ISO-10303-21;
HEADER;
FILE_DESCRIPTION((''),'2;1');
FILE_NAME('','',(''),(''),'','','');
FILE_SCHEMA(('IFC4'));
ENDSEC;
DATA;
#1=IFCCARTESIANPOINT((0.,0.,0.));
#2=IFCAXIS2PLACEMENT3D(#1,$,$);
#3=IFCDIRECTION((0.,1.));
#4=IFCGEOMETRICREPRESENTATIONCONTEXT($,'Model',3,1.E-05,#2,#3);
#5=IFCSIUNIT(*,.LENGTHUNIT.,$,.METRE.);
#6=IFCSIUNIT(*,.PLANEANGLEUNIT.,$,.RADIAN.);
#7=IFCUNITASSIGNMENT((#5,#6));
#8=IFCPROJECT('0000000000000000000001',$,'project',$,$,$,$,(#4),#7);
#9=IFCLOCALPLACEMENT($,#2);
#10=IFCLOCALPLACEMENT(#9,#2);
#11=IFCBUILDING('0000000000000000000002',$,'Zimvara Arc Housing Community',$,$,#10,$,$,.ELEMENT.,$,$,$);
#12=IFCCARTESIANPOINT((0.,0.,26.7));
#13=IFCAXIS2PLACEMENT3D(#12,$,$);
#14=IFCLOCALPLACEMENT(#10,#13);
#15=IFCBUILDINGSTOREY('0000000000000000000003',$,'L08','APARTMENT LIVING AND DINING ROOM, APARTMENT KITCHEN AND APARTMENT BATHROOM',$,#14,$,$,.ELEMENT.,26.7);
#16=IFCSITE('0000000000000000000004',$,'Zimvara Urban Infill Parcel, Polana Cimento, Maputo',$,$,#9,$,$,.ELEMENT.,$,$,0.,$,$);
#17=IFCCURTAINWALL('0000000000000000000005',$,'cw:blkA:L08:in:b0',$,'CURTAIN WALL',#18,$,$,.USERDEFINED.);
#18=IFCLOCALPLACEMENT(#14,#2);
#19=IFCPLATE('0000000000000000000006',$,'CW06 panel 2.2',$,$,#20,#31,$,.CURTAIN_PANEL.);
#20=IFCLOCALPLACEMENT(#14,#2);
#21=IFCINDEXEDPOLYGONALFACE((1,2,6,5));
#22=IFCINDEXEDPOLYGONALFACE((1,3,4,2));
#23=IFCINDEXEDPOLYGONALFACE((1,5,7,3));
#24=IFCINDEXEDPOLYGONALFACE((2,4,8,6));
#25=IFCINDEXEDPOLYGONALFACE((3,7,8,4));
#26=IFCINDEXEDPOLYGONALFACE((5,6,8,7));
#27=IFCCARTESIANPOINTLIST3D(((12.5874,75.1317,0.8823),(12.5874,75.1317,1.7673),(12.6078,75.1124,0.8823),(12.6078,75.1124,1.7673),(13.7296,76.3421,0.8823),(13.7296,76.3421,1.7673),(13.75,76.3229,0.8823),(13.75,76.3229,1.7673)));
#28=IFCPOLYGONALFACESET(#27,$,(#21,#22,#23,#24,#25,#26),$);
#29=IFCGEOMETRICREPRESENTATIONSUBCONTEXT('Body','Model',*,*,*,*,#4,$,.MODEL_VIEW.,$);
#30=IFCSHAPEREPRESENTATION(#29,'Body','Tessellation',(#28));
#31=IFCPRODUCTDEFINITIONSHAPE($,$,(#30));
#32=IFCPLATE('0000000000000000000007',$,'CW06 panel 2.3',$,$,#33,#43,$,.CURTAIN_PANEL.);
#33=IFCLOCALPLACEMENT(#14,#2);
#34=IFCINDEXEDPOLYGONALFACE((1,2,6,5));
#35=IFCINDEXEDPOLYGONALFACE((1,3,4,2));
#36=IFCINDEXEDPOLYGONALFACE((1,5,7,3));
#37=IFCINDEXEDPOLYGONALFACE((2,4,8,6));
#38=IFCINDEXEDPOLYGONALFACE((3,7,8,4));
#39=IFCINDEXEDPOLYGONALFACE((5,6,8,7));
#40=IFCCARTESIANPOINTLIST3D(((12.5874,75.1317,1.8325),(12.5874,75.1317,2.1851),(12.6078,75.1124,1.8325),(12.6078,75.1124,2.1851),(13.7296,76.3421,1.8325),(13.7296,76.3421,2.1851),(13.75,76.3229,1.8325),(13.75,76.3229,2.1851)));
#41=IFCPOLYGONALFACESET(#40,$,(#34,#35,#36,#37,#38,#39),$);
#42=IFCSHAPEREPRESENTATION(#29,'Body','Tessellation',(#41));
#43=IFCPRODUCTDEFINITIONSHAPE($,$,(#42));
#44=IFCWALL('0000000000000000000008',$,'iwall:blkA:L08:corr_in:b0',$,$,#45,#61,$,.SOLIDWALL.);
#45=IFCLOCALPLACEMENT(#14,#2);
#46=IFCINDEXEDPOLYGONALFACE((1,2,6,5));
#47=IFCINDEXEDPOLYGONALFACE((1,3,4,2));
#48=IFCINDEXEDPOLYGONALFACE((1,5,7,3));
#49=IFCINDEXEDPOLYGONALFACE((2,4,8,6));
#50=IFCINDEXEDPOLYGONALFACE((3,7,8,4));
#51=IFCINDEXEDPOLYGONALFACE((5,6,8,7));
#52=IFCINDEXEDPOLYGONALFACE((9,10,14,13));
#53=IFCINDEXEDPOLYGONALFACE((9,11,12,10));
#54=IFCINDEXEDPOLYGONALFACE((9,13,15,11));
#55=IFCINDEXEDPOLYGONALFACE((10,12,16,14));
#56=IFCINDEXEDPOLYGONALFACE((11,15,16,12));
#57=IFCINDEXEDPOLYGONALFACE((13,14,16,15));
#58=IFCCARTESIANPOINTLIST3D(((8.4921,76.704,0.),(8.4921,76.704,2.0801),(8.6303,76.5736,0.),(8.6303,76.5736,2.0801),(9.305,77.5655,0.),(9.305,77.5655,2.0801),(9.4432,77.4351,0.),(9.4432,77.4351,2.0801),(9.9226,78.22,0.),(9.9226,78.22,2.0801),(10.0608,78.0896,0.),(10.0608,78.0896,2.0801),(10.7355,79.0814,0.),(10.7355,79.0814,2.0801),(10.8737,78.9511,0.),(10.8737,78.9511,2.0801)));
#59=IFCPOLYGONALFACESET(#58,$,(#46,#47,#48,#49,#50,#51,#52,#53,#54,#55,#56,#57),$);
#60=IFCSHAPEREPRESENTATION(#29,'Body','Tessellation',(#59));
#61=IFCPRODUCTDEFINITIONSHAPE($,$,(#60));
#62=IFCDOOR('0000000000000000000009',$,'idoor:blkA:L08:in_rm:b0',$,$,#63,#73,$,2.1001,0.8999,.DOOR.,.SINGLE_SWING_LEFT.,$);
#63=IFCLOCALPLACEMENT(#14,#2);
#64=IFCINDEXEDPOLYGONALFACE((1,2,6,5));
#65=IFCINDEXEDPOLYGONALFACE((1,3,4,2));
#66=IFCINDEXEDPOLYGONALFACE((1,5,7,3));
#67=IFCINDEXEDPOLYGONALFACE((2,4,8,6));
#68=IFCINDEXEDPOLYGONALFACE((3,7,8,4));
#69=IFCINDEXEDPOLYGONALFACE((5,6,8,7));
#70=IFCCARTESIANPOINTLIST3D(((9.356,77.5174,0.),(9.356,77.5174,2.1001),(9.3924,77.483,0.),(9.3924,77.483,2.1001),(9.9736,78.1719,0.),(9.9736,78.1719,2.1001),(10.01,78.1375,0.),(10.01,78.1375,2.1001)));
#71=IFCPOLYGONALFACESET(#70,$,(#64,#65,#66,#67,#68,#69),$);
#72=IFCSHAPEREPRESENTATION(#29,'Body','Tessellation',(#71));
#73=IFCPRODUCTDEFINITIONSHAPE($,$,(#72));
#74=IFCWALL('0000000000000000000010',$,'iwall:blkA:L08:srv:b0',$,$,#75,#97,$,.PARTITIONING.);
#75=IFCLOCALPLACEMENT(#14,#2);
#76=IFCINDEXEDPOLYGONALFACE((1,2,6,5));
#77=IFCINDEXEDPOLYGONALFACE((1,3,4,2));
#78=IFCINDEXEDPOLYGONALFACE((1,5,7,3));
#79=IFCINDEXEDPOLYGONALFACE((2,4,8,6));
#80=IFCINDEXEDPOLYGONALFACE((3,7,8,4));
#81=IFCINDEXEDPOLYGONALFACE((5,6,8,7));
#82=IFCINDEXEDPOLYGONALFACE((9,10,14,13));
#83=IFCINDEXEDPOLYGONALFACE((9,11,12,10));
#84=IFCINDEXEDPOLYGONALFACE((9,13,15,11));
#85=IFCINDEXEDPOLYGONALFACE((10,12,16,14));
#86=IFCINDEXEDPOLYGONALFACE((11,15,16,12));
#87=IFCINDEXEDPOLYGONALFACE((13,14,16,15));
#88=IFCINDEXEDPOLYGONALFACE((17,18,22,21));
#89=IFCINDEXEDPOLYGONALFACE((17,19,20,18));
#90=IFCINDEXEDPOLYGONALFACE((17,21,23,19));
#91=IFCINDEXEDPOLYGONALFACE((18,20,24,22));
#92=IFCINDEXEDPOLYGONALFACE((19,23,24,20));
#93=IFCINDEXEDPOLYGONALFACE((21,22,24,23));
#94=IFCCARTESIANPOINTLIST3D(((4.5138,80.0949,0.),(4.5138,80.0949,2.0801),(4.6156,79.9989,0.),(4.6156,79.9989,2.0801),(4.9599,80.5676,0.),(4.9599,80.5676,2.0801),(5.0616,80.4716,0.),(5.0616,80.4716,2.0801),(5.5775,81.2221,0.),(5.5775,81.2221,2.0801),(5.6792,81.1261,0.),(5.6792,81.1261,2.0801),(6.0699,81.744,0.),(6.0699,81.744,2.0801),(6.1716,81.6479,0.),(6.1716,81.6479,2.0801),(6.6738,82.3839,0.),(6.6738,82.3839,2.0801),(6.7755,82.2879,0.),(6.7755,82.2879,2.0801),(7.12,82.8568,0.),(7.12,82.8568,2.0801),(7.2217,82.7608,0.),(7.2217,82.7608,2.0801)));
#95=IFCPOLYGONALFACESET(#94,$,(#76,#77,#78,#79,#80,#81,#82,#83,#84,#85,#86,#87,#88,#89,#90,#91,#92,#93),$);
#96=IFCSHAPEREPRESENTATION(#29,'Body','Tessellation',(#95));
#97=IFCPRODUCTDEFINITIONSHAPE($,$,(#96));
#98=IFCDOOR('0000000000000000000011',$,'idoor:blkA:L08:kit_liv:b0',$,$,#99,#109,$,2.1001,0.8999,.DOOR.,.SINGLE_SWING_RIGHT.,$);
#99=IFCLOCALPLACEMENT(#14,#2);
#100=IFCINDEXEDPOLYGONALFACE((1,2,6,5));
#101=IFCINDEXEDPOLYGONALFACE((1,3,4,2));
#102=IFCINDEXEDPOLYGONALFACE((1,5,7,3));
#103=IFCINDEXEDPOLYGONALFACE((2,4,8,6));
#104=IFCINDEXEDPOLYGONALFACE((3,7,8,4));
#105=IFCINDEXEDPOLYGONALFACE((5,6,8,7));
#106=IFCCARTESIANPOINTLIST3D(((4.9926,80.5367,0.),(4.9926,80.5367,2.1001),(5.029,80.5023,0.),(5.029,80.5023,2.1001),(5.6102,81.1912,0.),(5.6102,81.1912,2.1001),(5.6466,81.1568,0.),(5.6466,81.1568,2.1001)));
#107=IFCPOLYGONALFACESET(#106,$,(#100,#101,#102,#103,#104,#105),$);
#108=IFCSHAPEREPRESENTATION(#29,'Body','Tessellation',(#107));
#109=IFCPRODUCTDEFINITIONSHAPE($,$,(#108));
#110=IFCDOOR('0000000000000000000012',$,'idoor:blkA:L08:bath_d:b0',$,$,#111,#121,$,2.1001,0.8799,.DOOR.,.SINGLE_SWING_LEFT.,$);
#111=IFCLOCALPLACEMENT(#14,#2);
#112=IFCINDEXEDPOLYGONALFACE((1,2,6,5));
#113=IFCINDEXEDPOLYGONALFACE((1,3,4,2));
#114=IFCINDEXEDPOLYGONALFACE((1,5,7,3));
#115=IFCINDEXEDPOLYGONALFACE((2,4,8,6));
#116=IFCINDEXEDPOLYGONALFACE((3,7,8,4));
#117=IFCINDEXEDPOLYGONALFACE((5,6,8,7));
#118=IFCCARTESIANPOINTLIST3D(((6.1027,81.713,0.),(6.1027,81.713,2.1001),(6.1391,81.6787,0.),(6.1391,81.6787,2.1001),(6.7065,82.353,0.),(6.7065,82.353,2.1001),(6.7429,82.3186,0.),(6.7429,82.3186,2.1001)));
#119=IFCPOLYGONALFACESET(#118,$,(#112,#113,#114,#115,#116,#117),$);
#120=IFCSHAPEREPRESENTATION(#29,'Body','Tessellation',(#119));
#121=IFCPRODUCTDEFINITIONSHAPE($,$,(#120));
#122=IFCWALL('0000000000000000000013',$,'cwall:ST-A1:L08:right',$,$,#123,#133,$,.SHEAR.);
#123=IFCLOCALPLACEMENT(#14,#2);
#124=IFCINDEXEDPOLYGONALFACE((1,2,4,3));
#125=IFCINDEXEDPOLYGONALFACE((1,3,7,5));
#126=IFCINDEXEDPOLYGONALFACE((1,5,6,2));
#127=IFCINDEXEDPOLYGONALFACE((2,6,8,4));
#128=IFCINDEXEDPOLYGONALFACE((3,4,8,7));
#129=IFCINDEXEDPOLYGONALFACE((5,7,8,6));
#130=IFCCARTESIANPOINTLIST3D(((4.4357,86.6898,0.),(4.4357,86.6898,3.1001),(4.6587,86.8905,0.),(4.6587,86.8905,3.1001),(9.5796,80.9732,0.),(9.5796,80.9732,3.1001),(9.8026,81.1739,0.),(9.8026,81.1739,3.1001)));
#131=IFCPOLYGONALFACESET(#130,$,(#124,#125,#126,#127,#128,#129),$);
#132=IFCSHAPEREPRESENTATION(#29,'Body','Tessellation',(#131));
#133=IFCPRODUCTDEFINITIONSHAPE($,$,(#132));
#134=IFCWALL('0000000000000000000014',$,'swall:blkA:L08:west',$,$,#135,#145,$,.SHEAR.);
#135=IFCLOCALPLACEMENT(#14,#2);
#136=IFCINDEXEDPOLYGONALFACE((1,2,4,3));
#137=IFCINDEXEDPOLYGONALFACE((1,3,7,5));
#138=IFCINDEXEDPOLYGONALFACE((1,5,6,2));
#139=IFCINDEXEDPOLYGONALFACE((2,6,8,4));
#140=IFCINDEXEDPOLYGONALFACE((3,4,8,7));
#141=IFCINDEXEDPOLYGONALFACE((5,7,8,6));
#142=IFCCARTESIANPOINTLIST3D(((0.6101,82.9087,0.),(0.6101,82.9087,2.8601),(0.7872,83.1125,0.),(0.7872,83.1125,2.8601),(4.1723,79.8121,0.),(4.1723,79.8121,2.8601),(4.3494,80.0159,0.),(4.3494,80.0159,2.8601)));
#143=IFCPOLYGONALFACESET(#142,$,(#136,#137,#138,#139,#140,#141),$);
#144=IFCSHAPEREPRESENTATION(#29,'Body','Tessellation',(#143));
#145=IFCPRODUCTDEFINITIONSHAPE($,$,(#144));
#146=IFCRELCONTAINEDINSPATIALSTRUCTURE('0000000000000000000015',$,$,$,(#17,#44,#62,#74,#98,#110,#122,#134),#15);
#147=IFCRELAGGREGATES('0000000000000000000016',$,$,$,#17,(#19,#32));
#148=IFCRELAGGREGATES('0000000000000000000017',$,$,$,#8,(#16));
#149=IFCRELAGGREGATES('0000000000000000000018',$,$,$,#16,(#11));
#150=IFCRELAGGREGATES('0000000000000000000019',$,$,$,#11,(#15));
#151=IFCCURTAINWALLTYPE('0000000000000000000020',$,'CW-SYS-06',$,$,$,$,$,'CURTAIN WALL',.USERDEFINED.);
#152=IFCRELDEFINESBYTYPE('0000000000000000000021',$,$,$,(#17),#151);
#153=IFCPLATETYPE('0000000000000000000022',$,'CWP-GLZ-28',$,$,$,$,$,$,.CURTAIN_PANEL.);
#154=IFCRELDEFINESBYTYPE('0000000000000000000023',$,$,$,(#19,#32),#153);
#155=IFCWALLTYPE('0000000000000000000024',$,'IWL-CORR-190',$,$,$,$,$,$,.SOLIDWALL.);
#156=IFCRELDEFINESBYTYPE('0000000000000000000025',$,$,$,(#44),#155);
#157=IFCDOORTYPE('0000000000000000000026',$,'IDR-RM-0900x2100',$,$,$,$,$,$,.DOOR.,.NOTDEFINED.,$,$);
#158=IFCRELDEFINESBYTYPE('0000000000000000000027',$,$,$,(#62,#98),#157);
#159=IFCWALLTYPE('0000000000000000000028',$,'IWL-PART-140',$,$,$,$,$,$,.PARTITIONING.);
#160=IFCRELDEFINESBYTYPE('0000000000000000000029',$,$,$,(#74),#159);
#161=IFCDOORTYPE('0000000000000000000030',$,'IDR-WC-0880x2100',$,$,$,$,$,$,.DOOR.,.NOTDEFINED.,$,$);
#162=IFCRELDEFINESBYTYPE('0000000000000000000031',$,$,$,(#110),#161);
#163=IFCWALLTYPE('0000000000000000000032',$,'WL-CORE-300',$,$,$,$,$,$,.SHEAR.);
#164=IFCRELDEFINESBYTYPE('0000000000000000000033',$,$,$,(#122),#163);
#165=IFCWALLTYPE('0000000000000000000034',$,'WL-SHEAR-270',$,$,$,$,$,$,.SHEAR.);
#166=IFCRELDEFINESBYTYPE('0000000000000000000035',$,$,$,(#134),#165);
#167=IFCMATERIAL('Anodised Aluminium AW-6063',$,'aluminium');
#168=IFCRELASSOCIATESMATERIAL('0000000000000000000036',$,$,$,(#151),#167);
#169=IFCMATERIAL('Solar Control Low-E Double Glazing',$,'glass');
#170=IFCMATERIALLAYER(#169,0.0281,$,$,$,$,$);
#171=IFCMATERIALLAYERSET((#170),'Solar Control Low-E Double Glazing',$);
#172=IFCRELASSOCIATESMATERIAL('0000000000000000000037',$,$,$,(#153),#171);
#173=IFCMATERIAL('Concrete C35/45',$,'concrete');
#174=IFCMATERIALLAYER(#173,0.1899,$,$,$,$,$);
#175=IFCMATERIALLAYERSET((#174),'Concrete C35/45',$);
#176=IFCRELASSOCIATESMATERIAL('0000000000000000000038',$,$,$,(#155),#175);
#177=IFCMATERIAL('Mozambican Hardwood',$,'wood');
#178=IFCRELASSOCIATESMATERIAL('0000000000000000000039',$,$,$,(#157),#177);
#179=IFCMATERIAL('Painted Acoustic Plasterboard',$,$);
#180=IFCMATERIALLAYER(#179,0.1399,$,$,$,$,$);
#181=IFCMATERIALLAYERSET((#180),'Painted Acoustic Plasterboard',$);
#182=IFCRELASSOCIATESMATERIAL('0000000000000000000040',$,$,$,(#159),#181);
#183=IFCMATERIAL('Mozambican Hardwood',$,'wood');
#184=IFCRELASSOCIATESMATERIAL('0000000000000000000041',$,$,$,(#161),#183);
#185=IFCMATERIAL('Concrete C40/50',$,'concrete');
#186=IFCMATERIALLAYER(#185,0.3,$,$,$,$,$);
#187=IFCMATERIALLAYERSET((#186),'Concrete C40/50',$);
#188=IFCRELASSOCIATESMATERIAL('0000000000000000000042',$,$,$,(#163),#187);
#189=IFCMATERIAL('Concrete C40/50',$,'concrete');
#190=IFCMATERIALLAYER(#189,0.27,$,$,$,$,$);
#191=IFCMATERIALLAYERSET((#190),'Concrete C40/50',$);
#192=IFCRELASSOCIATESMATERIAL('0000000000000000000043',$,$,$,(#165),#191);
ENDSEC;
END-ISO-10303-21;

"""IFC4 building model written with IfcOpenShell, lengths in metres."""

from ifc_helpers import new_model, si_unit, direction, frame, frame_2d, origin, origin_2d, place, context, subcontext, project, spatial, rectangle, extrude, material, layer, layer_set, type_object, element, fill, aggregate, save


model = new_model("IFC4")

# Units and contexts
model_context = context("Model", 3, precision=1e-05, world=origin(), true_north=direction((0.0, 1.0)))
body_context = subcontext(model_context, "Body", "Model", "MODEL_VIEW")
ifc_project = project(units=[si_unit("LENGTHUNIT", "METRE"), si_unit("PLANEANGLEUNIT", "RADIAN")], contexts=[model_context])

# Site, building, storey
site_placement = place(None, origin())
site = spatial("IfcSite", under=ifc_project, at=site_placement, Name="Zimvara Urban Infill Parcel, Polana Cimento, Maputo", CompositionType="ELEMENT", RefElevation=0.0)
building_placement = place(site_placement, origin())
building = spatial("IfcBuilding", under=site, at=building_placement, Name="Zimvara Arc Housing Community", CompositionType="ELEMENT")
storey_placement = place(building_placement, frame((0.0, 0.0, 26.7)))
storey = spatial("IfcBuildingStorey", under=building, at=storey_placement, Name="L08", Description="APARTMENT LIVING AND DINING ROOM, APARTMENT KITCHEN AND APARTMENT BATHROOM", CompositionType="ELEMENT", Elevation=26.7)

# Curtain wall, plates
ifc_material_1 = material(Name="Anodised Aluminium AW-6063", Category="aluminium")
curtain_wall_type = type_object("IfcCurtainWallType", Name="CW-SYS-06", ElementType="CURTAIN WALL", PredefinedType="USERDEFINED", material=ifc_material_1)
curtain_wall_placement = place(storey_placement, origin())
curtain_wall = element("IfcCurtainWall", 1, at=curtain_wall_placement, inside=storey, type_object=curtain_wall_type, Name="cw:blkA:L08:in:b0", ObjectType="CURTAIN WALL", PredefinedType="USERDEFINED")
ifc_material_2 = material(Name="Solar Control Low-E Double Glazing", Category="glass")
ifc_layer_1 = layer(ifc_material_2, 0.0281)
ifc_layer_set_1 = layer_set([ifc_layer_1], Name="Solar Control Low-E Double Glazing")
plate_type = type_object("IfcPlateType", Name="CWP-GLZ-28", PredefinedType="CURTAIN_PANEL", material=ifc_layer_set_1)
plate_1_placement = place(storey_placement, frame((13.1687, 75.7273, 0.8823), z_axis=(0.0, 0.0, 1.0), x_axis=(0.686327, 0.727293, 0.0)))
plate_1 = element("IfcPlate", 2, at=plate_1_placement, type_object=plate_type, Name="CW06 panel 2.2", PredefinedType="CURTAIN_PANEL", context=body_context, shape_type="SweptSolid", body=[
    extrude(rectangle(XDim=1.6643, YDim=0.0281, at=origin_2d()), origin(), (0.0, 0.0, 1.0), 0.885),
])
plate_2_placement = place(storey_placement, frame((13.1687, 75.7273, 1.8325), z_axis=(0.0, 0.0, 1.0), x_axis=(0.686327, 0.727293, 0.0)))
plate_2 = element("IfcPlate", 3, at=plate_2_placement, type_object=plate_type, Name="CW06 panel 2.3", PredefinedType="CURTAIN_PANEL", context=body_context, shape_type="SweptSolid", body=[
    extrude(rectangle(XDim=1.6643, YDim=0.0281, at=origin_2d()), origin(), (0.0, 0.0, 1.0), 0.3525),
])
aggregate(curtain_wall, [plate_1, plate_2])

# Wall, opening, door
ifc_material_3 = material(Name="Concrete C35/45", Category="concrete")
ifc_layer_2 = layer(ifc_material_3, 0.1899)
ifc_layer_set_2 = layer_set([ifc_layer_2], Name="Concrete C35/45")
wall_type_1 = type_object("IfcWallType", Name="IWL-CORR-190", PredefinedType="SOLIDWALL", material=ifc_layer_set_2)
wall_1_placement = place(storey_placement, frame((8.5613, 76.6389, 0.0), z_axis=(0.0, 0.0, 1.0), x_axis=(0.686308, 0.727311, 0.0)))
wall_1 = element("IfcWall", 4, at=wall_1_placement, inside=storey, type_object=wall_type_1, Name="iwall:blkA:L08:corr_in:b0", PredefinedType="SOLIDWALL", context=body_context, shape_type="SweptSolid", body=[
    extrude(rectangle(XDim=3.2688, YDim=0.1899, at=frame_2d((1.6343, 0.0))), origin(), (0.0, 0.0, 1.0), 2.0801),
])
opening_1_placement = place(wall_1_placement, frame((1.1843, 0.0, 0.0)))
opening_1 = element("IfcOpeningElement", 5, at=opening_1_placement, cuts=wall_1, PredefinedType="OPENING", context=body_context, shape_type="SweptSolid", body=[
    extrude(rectangle(XDim=0.8999, YDim=2.1001, at=frame_2d((0.45, 1.05))), frame((0.0, 0.105, 0.0), z_axis=(0.0, -1.0, 0.0), x_axis=(1.0, 0.0, 0.0)), (0.0, 0.0, 1.0), 0.21),
])
ifc_material_4 = material(Name="Mozambican Hardwood", Category="wood")
door_type_1 = type_object("IfcDoorType", Name="IDR-RM-0900x2100", OperationType="NOTDEFINED", PredefinedType="DOOR", material=ifc_material_4)
door_1_placement = place(opening_1_placement, origin())
door_1 = element("IfcDoor", 6, at=door_1_placement, inside=storey, type_object=door_type_1, Name="idoor:blkA:L08:in_rm:b0", OperationType="SINGLE_SWING_LEFT", OverallHeight=2.1001, OverallWidth=0.8999, PredefinedType="DOOR", context=body_context, shape_type="SweptSolid", body=[
    extrude(rectangle(XDim=0.8999, YDim=2.1001, at=frame_2d((0.45, 1.05))), frame((0.0, 0.0249, 0.0), z_axis=(0.0, -1.0, 0.0), x_axis=(1.0, 0.0, 0.0)), (0.0, 0.0, 1.0), 0.05),
])
fill(opening_1, door_1)

# Wall, openings, doors
ifc_material_5 = material(Name="Painted Acoustic Plasterboard")
ifc_layer_3 = layer(ifc_material_5, 0.1399)
ifc_layer_set_3 = layer_set([ifc_layer_3], Name="Painted Acoustic Plasterboard")
wall_type_2 = type_object("IfcWallType", Name="IWL-PART-140", PredefinedType="PARTITIONING", material=ifc_layer_set_3)
wall_2_placement = place(storey_placement, frame((4.5647, 80.0469, 0.0), z_axis=(0.0, 0.0, 1.0), x_axis=(0.686301, 0.727318, 0.0)))
wall_2 = element("IfcWall", 7, at=wall_2_placement, inside=storey, type_object=wall_type_2, Name="iwall:blkA:L08:srv:b0", PredefinedType="PARTITIONING", context=body_context, shape_type="SweptSolid", body=[
    extrude(rectangle(XDim=3.7974, YDim=0.1399, at=frame_2d((1.8987, 0.0))), origin(), (0.0, 0.0, 1.0), 2.0801),
])
opening_2_placement = place(wall_2_placement, frame((0.6499, 0.0, 0.0)))
opening_2 = element("IfcOpeningElement", 8, at=opening_2_placement, cuts=wall_2, PredefinedType="OPENING", context=body_context, shape_type="SweptSolid", body=[
    extrude(rectangle(XDim=0.8999, YDim=2.1001, at=frame_2d((0.45, 1.05))), frame((0.0, 0.0798, 0.0), z_axis=(0.0, -1.0, 0.0), x_axis=(1.0, 0.0, 0.0)), (0.0, 0.0, 1.0), 0.1599),
])
opening_3_placement = place(wall_2_placement, frame((2.2673, 0.0, 0.0)))
opening_3 = element("IfcOpeningElement", 9, at=opening_3_placement, cuts=wall_2, PredefinedType="OPENING", context=body_context, shape_type="SweptSolid", body=[
    extrude(rectangle(XDim=0.8799, YDim=2.1001, at=frame_2d((0.4399, 1.05))), frame((0.0, 0.0798, 0.0), z_axis=(0.0, -1.0, 0.0), x_axis=(1.0, 0.0, 0.0)), (0.0, 0.0, 1.0), 0.1599),
])
door_2_placement = place(opening_2_placement, origin())
door_2 = element("IfcDoor", 10, at=door_2_placement, inside=storey, type_object=door_type_1, Name="idoor:blkA:L08:kit_liv:b0", OperationType="SINGLE_SWING_RIGHT", OverallHeight=2.1001, OverallWidth=0.8999, PredefinedType="DOOR", context=body_context, shape_type="SweptSolid", body=[
    extrude(rectangle(XDim=0.8999, YDim=2.1001, at=frame_2d((0.45, 1.05))), frame((0.0, 0.0249, 0.0), z_axis=(0.0, -1.0, 0.0), x_axis=(1.0, 0.0, 0.0)), (0.0, 0.0, 1.0), 0.05),
])
fill(opening_2, door_2)
ifc_material_6 = material(Name="Mozambican Hardwood", Category="wood")
door_type_2 = type_object("IfcDoorType", Name="IDR-WC-0880x2100", OperationType="NOTDEFINED", PredefinedType="DOOR", material=ifc_material_6)
door_3_placement = place(opening_3_placement, origin())
door_3 = element("IfcDoor", 11, at=door_3_placement, inside=storey, type_object=door_type_2, Name="idoor:blkA:L08:bath_d:b0", OperationType="SINGLE_SWING_LEFT", OverallHeight=2.1001, OverallWidth=0.8799, PredefinedType="DOOR", context=body_context, shape_type="SweptSolid", body=[
    extrude(rectangle(XDim=0.8799, YDim=2.1001, at=frame_2d((0.4399, 1.05))), frame((0.0, 0.0249, 0.0), z_axis=(0.0, -1.0, 0.0), x_axis=(1.0, 0.0, 0.0)), (0.0, 0.0, 1.0), 0.05),
])
fill(opening_3, door_3)

# Walls
ifc_material_7 = material(Name="Concrete C40/50", Category="concrete")
ifc_layer_4 = layer(ifc_material_7, 0.3)
ifc_layer_set_4 = layer_set([ifc_layer_4], Name="Concrete C40/50")
wall_type_3 = type_object("IfcWallType", Name="WL-CORE-300", PredefinedType="SHEAR", material=ifc_layer_set_4)
wall_3_placement = place(storey_placement, frame((9.6912, 81.0735, 0.0), z_axis=(0.0, 0.0, 1.0), x_axis=(-0.668886, 0.743365, 0.0)))
element("IfcWall", 12, at=wall_3_placement, inside=storey, type_object=wall_type_3, Name="cwall:ST-A1:L08:right", PredefinedType="SHEAR", context=body_context, shape_type="SweptSolid", body=[
    extrude(rectangle(XDim=7.6902, YDim=0.3, at=frame_2d((3.8452, 0.0))), origin(), (0.0, 0.0, 1.0), 3.1001),
])
ifc_material_8 = material(Name="Concrete C40/50", Category="concrete")
ifc_layer_5 = layer(ifc_material_8, 0.27)
ifc_layer_set_5 = layer_set([ifc_layer_5], Name="Concrete C40/50")
wall_type_4 = type_object("IfcWallType", Name="WL-SHEAR-270", PredefinedType="SHEAR", material=ifc_layer_set_5)
wall_4_placement = place(storey_placement, frame((4.2607, 79.9141, 0.0), z_axis=(0.0, 0.0, 1.0), x_axis=(-0.754704, 0.656066, 0.0)))
element("IfcWall", 13, at=wall_4_placement, inside=storey, type_object=wall_type_4, Name="swall:blkA:L08:west", PredefinedType="SHEAR", context=body_context, shape_type="SweptSolid", body=[
    extrude(rectangle(XDim=4.72, YDim=0.27, at=frame_2d((2.3599, 0.0))), origin(), (0.0, 0.0, 1.0), 2.8601),
])

save(model, "model.ifc")
